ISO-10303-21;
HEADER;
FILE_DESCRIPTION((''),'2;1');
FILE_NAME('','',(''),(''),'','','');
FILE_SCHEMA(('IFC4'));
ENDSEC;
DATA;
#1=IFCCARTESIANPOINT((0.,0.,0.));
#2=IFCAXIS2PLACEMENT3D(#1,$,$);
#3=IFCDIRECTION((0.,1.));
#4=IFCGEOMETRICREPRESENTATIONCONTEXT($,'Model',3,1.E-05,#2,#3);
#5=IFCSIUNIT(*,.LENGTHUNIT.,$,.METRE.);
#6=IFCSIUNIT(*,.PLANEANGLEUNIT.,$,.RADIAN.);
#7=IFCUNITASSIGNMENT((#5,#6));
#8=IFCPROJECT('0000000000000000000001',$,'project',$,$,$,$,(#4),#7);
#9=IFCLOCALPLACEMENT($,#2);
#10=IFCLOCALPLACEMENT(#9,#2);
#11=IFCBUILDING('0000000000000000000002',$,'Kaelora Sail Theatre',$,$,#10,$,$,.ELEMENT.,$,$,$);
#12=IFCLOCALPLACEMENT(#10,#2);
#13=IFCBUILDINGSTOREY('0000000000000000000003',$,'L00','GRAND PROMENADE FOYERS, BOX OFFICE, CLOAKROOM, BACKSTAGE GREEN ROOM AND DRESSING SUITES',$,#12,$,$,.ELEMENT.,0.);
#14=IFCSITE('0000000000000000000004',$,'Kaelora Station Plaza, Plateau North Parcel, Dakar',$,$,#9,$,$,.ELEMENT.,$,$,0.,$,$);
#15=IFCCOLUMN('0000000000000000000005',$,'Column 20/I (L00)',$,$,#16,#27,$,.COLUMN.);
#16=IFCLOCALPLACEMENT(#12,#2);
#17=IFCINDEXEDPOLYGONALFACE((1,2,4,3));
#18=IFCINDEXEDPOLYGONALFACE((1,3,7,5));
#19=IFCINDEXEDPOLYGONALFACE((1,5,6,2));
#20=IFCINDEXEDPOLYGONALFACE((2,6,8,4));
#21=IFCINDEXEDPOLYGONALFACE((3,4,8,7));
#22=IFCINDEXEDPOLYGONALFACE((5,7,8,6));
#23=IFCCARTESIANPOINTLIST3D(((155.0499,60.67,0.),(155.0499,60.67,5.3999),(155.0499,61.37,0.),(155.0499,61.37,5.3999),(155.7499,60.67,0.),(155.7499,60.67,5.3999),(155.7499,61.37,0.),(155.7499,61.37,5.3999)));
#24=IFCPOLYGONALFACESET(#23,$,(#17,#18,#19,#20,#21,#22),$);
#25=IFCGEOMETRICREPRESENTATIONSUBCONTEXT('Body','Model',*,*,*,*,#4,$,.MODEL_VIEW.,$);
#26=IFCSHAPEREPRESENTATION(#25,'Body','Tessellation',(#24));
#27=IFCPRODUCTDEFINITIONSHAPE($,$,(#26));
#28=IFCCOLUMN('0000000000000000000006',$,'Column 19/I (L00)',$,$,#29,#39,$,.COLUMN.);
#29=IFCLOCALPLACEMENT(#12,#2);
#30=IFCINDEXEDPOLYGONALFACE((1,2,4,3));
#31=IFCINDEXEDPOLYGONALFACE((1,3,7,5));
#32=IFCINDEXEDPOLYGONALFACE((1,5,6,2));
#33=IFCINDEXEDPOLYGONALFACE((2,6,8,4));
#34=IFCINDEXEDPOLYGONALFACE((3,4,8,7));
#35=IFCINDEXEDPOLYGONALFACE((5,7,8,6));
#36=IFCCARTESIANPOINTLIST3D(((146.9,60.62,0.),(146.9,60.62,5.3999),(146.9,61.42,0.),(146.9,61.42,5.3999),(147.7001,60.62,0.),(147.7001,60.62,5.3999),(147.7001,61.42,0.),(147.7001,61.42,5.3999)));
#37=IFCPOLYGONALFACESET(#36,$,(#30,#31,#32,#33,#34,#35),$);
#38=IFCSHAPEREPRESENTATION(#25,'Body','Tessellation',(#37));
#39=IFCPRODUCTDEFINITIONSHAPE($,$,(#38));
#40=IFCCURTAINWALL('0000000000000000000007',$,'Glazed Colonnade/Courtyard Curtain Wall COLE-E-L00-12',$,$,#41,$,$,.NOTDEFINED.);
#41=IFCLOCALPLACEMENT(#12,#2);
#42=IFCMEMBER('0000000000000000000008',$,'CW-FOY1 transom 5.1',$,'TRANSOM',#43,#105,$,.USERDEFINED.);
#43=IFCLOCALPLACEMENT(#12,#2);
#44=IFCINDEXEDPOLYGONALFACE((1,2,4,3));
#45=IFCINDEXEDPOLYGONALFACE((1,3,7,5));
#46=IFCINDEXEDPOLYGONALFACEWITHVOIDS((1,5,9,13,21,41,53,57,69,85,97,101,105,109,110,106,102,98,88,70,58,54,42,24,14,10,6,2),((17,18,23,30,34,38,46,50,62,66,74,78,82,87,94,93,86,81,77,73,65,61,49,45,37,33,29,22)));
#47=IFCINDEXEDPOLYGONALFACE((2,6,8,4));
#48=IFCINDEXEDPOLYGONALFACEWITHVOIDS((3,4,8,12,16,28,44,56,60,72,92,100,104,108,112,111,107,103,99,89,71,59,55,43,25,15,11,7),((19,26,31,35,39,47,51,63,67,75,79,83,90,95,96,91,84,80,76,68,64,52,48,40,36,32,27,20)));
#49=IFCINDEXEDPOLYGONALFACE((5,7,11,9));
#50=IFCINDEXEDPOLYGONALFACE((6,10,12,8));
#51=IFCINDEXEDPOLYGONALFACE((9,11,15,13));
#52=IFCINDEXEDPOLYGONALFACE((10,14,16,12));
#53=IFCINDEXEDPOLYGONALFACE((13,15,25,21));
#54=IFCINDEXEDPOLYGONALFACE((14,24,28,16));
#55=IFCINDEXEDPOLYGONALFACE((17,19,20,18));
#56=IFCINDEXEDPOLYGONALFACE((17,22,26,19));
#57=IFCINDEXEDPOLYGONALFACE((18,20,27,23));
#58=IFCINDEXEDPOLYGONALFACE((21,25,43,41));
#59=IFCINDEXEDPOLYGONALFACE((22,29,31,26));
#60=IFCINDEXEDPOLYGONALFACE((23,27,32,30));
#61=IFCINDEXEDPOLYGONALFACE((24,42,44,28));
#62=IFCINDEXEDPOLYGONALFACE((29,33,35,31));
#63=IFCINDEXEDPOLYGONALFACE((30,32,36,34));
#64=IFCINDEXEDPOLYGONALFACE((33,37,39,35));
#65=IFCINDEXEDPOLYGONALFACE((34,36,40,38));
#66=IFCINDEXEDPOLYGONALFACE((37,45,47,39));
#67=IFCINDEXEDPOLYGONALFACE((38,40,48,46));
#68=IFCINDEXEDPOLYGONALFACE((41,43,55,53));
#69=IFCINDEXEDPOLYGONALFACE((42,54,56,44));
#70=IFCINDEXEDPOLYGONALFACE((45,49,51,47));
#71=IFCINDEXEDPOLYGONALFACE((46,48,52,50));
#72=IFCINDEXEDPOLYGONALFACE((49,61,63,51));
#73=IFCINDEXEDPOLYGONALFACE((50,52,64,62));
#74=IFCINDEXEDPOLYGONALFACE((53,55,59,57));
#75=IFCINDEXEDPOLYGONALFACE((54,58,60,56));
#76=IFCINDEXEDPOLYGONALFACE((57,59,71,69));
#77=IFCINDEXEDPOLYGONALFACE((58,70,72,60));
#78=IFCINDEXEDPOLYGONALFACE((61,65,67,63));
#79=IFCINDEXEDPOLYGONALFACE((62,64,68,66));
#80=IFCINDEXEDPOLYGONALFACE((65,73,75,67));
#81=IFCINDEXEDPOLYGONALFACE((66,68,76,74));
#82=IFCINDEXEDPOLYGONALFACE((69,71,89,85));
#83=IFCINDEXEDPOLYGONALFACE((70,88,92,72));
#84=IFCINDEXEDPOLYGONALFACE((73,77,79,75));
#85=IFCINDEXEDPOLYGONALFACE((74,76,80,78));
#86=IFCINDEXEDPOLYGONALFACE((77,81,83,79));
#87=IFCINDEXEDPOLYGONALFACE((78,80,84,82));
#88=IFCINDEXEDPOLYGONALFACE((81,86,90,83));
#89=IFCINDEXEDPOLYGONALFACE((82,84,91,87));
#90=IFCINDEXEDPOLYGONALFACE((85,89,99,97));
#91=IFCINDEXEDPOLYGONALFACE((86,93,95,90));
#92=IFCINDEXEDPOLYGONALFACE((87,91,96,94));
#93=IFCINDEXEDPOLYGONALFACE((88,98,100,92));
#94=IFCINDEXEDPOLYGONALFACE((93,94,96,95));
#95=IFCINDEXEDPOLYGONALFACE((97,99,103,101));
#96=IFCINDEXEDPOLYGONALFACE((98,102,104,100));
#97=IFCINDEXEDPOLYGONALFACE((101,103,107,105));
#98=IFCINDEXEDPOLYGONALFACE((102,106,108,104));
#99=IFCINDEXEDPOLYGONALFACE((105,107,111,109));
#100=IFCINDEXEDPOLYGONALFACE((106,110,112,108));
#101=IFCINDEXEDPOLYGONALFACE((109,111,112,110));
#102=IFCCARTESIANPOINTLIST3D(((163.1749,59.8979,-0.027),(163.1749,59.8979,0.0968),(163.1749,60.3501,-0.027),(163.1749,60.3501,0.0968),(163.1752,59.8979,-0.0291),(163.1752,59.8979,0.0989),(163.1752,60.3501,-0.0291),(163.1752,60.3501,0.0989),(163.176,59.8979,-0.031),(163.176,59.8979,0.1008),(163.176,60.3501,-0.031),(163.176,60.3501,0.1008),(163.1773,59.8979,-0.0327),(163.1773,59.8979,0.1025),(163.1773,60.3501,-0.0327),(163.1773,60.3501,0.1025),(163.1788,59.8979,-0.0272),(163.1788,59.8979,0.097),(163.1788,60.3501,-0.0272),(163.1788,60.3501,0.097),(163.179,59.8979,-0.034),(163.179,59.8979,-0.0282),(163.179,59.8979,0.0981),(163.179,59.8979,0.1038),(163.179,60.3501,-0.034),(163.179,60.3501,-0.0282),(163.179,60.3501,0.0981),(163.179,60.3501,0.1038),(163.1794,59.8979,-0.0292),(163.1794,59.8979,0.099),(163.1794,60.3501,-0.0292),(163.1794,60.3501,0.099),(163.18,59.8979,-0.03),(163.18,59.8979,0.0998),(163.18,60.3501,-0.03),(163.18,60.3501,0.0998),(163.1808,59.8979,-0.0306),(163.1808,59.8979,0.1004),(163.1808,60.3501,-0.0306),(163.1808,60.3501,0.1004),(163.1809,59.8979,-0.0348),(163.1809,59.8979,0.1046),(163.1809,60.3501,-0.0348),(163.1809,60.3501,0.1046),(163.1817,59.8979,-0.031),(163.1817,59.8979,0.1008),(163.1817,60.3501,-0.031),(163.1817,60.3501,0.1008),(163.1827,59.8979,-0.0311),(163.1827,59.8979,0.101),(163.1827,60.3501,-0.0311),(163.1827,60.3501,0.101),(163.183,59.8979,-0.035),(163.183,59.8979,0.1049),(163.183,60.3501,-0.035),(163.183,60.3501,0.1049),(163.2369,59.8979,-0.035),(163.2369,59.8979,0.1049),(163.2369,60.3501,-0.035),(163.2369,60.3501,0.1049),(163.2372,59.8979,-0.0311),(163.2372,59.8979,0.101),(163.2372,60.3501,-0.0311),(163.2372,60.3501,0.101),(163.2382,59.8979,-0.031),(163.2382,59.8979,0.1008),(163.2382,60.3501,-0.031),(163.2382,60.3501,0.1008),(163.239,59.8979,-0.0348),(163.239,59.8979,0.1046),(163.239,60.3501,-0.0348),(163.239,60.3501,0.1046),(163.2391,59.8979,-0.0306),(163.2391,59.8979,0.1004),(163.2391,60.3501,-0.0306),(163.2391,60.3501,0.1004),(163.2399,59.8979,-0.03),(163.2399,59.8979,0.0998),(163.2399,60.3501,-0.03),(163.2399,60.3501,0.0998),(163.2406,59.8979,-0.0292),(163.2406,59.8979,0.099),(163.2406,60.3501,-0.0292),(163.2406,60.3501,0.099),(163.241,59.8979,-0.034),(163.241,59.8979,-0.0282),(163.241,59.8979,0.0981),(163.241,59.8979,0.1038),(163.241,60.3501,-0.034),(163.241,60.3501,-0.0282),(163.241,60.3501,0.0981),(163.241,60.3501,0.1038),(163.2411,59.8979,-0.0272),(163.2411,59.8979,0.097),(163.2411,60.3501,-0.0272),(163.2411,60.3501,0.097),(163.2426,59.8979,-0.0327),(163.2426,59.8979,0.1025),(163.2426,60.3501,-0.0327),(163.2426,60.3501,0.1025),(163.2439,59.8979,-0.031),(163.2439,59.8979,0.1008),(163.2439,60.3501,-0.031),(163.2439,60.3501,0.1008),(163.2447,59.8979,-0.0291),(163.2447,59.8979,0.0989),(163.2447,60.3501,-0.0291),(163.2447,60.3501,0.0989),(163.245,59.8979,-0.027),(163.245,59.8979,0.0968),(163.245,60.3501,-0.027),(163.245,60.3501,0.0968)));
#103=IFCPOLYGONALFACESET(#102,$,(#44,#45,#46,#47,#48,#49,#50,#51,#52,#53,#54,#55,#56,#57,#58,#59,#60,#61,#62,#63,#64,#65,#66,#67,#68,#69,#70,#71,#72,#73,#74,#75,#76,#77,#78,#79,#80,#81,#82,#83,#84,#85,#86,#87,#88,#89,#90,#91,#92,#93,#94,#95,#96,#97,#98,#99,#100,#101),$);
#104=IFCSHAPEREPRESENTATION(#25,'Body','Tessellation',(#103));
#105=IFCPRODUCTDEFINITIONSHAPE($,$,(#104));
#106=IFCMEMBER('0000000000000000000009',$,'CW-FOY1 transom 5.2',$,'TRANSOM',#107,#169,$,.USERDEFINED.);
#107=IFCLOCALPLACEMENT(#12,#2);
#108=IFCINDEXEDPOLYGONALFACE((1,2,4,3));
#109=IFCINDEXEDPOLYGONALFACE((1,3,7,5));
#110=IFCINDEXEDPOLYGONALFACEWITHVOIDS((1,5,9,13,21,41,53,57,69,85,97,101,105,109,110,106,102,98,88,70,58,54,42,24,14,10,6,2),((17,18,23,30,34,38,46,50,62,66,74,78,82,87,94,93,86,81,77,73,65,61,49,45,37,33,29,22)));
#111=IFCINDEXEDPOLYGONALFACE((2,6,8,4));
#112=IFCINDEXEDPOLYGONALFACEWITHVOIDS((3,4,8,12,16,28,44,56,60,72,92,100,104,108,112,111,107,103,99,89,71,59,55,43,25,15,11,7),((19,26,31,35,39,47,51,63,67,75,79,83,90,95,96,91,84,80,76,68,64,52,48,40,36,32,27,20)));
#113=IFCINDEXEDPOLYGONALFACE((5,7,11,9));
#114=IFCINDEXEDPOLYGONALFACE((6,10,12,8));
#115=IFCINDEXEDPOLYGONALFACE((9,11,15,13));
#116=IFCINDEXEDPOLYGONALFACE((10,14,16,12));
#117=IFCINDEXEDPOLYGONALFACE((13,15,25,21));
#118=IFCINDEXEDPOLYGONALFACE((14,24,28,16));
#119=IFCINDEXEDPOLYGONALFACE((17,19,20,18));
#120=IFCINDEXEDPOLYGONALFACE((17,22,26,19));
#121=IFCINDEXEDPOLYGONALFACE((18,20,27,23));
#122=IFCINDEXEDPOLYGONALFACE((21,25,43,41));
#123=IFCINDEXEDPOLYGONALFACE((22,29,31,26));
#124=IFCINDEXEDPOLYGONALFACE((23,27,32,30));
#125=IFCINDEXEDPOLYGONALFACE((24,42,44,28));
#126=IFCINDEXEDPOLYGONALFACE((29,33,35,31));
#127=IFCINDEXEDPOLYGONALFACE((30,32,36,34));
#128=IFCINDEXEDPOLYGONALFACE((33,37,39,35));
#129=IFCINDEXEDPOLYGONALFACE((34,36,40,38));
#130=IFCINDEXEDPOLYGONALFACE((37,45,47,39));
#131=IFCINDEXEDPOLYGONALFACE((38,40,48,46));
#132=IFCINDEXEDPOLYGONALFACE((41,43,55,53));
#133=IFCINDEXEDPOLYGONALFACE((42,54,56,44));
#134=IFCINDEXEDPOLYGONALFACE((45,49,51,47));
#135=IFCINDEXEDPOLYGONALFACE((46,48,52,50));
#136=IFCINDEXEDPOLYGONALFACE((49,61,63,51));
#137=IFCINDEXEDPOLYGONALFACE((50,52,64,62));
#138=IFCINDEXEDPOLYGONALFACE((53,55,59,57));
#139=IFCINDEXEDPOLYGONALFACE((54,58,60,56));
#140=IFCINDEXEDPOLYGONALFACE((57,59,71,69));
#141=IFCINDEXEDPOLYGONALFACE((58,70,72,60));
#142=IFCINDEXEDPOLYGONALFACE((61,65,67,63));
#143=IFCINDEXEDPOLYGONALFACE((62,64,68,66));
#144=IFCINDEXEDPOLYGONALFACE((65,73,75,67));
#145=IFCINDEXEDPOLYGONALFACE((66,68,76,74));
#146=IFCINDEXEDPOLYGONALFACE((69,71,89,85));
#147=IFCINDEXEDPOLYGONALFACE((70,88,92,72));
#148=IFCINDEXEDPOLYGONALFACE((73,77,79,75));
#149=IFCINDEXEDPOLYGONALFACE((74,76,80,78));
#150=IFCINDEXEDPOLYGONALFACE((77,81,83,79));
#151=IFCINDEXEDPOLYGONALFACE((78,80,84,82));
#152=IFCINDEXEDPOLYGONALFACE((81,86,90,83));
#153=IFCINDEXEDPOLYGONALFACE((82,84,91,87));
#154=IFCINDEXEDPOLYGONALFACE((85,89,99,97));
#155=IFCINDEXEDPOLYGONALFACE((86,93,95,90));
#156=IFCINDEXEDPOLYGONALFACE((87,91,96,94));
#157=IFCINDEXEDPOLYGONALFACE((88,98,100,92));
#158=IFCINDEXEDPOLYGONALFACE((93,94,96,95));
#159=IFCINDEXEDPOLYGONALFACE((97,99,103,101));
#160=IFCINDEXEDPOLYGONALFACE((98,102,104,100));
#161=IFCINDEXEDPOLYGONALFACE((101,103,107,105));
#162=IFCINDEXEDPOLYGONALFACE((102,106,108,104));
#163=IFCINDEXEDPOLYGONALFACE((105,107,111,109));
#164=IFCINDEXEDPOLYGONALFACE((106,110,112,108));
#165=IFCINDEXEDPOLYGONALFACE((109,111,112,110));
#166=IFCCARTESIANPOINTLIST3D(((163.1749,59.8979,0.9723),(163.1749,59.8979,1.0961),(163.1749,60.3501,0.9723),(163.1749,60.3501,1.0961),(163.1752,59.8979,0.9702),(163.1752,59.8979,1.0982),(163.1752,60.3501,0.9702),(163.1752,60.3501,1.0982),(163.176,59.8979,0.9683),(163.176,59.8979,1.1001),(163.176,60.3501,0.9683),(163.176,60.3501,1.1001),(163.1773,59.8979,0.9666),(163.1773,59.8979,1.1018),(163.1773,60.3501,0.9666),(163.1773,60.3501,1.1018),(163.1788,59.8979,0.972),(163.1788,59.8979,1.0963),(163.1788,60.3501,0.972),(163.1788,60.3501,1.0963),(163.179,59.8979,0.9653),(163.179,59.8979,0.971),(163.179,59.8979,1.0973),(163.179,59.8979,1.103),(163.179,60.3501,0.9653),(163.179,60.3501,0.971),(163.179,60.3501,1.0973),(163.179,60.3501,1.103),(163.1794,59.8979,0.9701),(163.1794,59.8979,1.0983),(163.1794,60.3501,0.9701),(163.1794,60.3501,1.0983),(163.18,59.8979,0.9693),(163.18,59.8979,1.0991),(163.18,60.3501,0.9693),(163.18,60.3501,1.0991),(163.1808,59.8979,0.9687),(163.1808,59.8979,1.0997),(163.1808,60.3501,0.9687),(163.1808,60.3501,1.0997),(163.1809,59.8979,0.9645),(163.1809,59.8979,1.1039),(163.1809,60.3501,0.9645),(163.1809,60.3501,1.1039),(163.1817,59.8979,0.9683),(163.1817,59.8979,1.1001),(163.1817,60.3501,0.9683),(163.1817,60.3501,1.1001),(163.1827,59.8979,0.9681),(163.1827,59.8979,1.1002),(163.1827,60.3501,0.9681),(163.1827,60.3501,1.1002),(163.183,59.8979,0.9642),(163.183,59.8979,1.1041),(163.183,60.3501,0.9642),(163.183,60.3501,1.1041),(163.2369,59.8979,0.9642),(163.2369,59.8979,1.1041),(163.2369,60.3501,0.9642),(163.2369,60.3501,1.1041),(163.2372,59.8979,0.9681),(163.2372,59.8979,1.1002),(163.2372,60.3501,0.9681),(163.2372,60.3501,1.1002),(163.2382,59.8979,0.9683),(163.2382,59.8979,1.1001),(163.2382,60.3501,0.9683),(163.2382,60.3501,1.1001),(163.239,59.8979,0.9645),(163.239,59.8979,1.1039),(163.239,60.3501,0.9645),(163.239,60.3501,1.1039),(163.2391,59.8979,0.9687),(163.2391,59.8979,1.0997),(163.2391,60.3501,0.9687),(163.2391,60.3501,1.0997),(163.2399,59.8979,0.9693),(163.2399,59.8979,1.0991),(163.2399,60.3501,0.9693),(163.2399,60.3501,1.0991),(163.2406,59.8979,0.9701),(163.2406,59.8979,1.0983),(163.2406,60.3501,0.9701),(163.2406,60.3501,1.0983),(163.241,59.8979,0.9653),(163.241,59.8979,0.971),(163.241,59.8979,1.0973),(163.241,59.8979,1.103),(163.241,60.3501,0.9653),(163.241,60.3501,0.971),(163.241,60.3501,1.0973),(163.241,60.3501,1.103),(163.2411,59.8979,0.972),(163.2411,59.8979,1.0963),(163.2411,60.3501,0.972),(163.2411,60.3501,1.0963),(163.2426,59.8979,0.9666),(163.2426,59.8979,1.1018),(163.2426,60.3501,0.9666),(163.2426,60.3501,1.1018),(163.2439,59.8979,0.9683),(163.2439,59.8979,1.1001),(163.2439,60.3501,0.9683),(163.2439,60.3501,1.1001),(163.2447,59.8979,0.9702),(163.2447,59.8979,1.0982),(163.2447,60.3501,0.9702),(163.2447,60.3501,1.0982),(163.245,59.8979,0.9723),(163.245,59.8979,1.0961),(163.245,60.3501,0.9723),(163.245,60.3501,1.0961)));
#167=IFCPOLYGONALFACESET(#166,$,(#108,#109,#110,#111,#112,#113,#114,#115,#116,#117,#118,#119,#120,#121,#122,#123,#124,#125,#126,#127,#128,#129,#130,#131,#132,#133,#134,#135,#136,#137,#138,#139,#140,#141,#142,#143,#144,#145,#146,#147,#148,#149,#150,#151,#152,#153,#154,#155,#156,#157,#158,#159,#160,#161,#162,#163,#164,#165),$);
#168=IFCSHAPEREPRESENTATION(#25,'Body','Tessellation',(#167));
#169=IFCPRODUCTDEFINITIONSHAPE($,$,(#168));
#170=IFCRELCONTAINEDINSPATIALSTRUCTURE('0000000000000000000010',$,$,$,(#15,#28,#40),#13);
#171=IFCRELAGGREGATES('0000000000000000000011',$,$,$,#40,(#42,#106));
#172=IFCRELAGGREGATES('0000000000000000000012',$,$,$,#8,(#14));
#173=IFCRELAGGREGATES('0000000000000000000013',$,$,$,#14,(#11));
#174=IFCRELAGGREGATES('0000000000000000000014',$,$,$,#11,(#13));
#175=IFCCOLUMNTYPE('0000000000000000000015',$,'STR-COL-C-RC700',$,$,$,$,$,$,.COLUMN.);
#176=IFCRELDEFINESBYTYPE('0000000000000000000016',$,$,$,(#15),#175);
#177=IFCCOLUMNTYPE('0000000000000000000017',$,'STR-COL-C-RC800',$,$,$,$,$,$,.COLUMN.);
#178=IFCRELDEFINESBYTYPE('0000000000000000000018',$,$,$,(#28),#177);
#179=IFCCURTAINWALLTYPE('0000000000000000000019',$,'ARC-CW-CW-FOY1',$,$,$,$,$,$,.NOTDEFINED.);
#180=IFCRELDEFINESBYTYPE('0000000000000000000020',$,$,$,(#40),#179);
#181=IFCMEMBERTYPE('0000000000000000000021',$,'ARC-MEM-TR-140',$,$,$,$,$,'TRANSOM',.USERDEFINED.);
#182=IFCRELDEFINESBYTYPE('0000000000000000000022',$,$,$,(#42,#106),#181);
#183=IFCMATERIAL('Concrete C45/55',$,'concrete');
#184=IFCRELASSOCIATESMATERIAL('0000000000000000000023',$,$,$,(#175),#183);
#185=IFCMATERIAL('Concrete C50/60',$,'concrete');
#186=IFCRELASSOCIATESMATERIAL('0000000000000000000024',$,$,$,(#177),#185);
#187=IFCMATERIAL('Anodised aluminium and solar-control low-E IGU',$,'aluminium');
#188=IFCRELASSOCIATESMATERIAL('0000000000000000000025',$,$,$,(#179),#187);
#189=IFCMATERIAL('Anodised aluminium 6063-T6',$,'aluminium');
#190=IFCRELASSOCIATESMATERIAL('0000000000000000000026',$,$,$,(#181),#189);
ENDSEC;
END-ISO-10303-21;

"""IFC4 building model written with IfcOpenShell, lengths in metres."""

from ifc_helpers import new_model, si_unit, direction, frame, origin, origin_2d, place, context, subcontext, project, spatial, rectangle, hollow_rectangle, extrude, material, material_profile, profile_set, type_object, element, aggregate, save


model = new_model("IFC4")

# Units and contexts
model_context = context("Model", 3, precision=1e-05, world=origin(), true_north=direction((0.0, 1.0)))
body_context = subcontext(model_context, "Body", "Model", "MODEL_VIEW")
ifc_project = project(units=[si_unit("LENGTHUNIT", "METRE"), si_unit("PLANEANGLEUNIT", "RADIAN")], contexts=[model_context])

# Site, building, storey
site_placement = place(None, origin())
site = spatial("IfcSite", under=ifc_project, at=site_placement, Name="Kaelora Station Plaza, Plateau North Parcel, Dakar", CompositionType="ELEMENT", RefElevation=0.0)
building_placement = place(site_placement, origin())
building = spatial("IfcBuilding", under=site, at=building_placement, Name="Kaelora Sail Theatre", CompositionType="ELEMENT")
storey_placement = place(building_placement, origin())
storey = spatial("IfcBuildingStorey", under=building, at=storey_placement, Name="L00", Description="GRAND PROMENADE FOYERS, BOX OFFICE, CLOAKROOM, BACKSTAGE GREEN ROOM AND DRESSING SUITES", CompositionType="ELEMENT", Elevation=0.0)

# Columns
ifc_material_1 = material(Name="Concrete C45/55", Category="concrete")
ifc_material_profile_1 = material_profile(ifc_material_1, rectangle(XDim=0.7, YDim=0.7, at=origin_2d()), Name="RC-COL 700x700")
ifc_profile_set_1 = profile_set([ifc_material_profile_1], Name="Concrete C45/55")
column_type_1 = type_object("IfcColumnType", Name="STR-COL-C-RC700", PredefinedType="COLUMN", material=ifc_profile_set_1)
column_1_placement = place(storey_placement, frame((155.3999, 61.02, 0.0), z_axis=(0.0, 0.0, 1.0), x_axis=(1.0, 0.0, 0.0)))
element("IfcColumn", 1, at=column_1_placement, inside=storey, type_object=column_type_1, Name="Column 20/I (L00)", PredefinedType="COLUMN", context=body_context, shape_type="SweptSolid", body=[
    extrude(rectangle(XDim=0.7, YDim=0.7, at=origin_2d()), origin(), (0.0, 0.0, 1.0), 5.3999),
])
ifc_material_2 = material(Name="Concrete C50/60", Category="concrete")
ifc_material_profile_2 = material_profile(ifc_material_2, rectangle(XDim=0.8, YDim=0.8, at=origin_2d()), Name="RC-COL 800x800")
ifc_profile_set_2 = profile_set([ifc_material_profile_2], Name="Concrete C50/60")
column_type_2 = type_object("IfcColumnType", Name="STR-COL-C-RC800", PredefinedType="COLUMN", material=ifc_profile_set_2)
column_2_placement = place(storey_placement, frame((147.3, 61.02, 0.0), z_axis=(0.0, 0.0, 1.0), x_axis=(1.0, 0.0, 0.0)))
element("IfcColumn", 2, at=column_2_placement, inside=storey, type_object=column_type_2, Name="Column 19/I (L00)", PredefinedType="COLUMN", context=body_context, shape_type="SweptSolid", body=[
    extrude(rectangle(XDim=0.8, YDim=0.8, at=origin_2d()), origin(), (0.0, 0.0, 1.0), 5.3999),
])

# Curtain wall, members
ifc_material_3 = material(Name="Anodised aluminium and solar-control low-E IGU", Category="aluminium")
curtain_wall_type = type_object("IfcCurtainWallType", Name="ARC-CW-CW-FOY1", PredefinedType="NOTDEFINED", material=ifc_material_3)
curtain_wall_placement = place(storey_placement, origin())
curtain_wall = element("IfcCurtainWall", 3, at=curtain_wall_placement, inside=storey, type_object=curtain_wall_type, Name="Glazed Colonnade/Courtyard Curtain Wall COLE-E-L00-12", PredefinedType="NOTDEFINED")
ifc_material_4 = material(Name="Anodised aluminium 6063-T6", Category="aluminium")
ifc_material_profile_3 = material_profile(ifc_material_4, hollow_rectangle(XDim=0.0701, YDim=0.1399, WallThickness=0.0039, InnerFilletRadius=0.0039, OuterFilletRadius=0.0081, at=origin_2d()), Name="ALU-TRAN 70x140x4")
ifc_profile_set_3 = profile_set([ifc_material_profile_3], Name="Anodised aluminium 6063-T6")
member_type = type_object("IfcMemberType", Name="ARC-MEM-TR-140", ElementType="TRANSOM", PredefinedType="USERDEFINED", material=ifc_profile_set_3)
member_1_placement = place(storey_placement, frame((163.21, 59.8979, 0.0349), z_axis=(0.0, 1.0, 0.0), x_axis=(-1.0, 0.0, 0.0)))
member_1 = element("IfcMember", 4, at=member_1_placement, type_object=member_type, Name="CW-FOY1 transom 5.1", ObjectType="TRANSOM", PredefinedType="USERDEFINED", context=body_context, shape_type="SweptSolid", body=[
    extrude(hollow_rectangle(XDim=0.0701, YDim=0.1399, WallThickness=0.0039, InnerFilletRadius=0.0039, OuterFilletRadius=0.0081, at=origin_2d()), origin(), (0.0, 0.0, 1.0), 0.4521),
])
member_2_placement = place(storey_placement, frame((163.21, 59.8979, 1.0342), z_axis=(0.0, 1.0, 0.0), x_axis=(-1.0, 0.0, 0.0)))
member_2 = element("IfcMember", 5, at=member_2_placement, type_object=member_type, Name="CW-FOY1 transom 5.2", ObjectType="TRANSOM", PredefinedType="USERDEFINED", context=body_context, shape_type="SweptSolid", body=[
    extrude(hollow_rectangle(XDim=0.0701, YDim=0.1399, WallThickness=0.0039, InnerFilletRadius=0.0039, OuterFilletRadius=0.0081, at=origin_2d()), origin(), (0.0, 0.0, 1.0), 0.4521),
])

aggregate(curtain_wall, [member_1, member_2])

save(model, "model.ifc")
